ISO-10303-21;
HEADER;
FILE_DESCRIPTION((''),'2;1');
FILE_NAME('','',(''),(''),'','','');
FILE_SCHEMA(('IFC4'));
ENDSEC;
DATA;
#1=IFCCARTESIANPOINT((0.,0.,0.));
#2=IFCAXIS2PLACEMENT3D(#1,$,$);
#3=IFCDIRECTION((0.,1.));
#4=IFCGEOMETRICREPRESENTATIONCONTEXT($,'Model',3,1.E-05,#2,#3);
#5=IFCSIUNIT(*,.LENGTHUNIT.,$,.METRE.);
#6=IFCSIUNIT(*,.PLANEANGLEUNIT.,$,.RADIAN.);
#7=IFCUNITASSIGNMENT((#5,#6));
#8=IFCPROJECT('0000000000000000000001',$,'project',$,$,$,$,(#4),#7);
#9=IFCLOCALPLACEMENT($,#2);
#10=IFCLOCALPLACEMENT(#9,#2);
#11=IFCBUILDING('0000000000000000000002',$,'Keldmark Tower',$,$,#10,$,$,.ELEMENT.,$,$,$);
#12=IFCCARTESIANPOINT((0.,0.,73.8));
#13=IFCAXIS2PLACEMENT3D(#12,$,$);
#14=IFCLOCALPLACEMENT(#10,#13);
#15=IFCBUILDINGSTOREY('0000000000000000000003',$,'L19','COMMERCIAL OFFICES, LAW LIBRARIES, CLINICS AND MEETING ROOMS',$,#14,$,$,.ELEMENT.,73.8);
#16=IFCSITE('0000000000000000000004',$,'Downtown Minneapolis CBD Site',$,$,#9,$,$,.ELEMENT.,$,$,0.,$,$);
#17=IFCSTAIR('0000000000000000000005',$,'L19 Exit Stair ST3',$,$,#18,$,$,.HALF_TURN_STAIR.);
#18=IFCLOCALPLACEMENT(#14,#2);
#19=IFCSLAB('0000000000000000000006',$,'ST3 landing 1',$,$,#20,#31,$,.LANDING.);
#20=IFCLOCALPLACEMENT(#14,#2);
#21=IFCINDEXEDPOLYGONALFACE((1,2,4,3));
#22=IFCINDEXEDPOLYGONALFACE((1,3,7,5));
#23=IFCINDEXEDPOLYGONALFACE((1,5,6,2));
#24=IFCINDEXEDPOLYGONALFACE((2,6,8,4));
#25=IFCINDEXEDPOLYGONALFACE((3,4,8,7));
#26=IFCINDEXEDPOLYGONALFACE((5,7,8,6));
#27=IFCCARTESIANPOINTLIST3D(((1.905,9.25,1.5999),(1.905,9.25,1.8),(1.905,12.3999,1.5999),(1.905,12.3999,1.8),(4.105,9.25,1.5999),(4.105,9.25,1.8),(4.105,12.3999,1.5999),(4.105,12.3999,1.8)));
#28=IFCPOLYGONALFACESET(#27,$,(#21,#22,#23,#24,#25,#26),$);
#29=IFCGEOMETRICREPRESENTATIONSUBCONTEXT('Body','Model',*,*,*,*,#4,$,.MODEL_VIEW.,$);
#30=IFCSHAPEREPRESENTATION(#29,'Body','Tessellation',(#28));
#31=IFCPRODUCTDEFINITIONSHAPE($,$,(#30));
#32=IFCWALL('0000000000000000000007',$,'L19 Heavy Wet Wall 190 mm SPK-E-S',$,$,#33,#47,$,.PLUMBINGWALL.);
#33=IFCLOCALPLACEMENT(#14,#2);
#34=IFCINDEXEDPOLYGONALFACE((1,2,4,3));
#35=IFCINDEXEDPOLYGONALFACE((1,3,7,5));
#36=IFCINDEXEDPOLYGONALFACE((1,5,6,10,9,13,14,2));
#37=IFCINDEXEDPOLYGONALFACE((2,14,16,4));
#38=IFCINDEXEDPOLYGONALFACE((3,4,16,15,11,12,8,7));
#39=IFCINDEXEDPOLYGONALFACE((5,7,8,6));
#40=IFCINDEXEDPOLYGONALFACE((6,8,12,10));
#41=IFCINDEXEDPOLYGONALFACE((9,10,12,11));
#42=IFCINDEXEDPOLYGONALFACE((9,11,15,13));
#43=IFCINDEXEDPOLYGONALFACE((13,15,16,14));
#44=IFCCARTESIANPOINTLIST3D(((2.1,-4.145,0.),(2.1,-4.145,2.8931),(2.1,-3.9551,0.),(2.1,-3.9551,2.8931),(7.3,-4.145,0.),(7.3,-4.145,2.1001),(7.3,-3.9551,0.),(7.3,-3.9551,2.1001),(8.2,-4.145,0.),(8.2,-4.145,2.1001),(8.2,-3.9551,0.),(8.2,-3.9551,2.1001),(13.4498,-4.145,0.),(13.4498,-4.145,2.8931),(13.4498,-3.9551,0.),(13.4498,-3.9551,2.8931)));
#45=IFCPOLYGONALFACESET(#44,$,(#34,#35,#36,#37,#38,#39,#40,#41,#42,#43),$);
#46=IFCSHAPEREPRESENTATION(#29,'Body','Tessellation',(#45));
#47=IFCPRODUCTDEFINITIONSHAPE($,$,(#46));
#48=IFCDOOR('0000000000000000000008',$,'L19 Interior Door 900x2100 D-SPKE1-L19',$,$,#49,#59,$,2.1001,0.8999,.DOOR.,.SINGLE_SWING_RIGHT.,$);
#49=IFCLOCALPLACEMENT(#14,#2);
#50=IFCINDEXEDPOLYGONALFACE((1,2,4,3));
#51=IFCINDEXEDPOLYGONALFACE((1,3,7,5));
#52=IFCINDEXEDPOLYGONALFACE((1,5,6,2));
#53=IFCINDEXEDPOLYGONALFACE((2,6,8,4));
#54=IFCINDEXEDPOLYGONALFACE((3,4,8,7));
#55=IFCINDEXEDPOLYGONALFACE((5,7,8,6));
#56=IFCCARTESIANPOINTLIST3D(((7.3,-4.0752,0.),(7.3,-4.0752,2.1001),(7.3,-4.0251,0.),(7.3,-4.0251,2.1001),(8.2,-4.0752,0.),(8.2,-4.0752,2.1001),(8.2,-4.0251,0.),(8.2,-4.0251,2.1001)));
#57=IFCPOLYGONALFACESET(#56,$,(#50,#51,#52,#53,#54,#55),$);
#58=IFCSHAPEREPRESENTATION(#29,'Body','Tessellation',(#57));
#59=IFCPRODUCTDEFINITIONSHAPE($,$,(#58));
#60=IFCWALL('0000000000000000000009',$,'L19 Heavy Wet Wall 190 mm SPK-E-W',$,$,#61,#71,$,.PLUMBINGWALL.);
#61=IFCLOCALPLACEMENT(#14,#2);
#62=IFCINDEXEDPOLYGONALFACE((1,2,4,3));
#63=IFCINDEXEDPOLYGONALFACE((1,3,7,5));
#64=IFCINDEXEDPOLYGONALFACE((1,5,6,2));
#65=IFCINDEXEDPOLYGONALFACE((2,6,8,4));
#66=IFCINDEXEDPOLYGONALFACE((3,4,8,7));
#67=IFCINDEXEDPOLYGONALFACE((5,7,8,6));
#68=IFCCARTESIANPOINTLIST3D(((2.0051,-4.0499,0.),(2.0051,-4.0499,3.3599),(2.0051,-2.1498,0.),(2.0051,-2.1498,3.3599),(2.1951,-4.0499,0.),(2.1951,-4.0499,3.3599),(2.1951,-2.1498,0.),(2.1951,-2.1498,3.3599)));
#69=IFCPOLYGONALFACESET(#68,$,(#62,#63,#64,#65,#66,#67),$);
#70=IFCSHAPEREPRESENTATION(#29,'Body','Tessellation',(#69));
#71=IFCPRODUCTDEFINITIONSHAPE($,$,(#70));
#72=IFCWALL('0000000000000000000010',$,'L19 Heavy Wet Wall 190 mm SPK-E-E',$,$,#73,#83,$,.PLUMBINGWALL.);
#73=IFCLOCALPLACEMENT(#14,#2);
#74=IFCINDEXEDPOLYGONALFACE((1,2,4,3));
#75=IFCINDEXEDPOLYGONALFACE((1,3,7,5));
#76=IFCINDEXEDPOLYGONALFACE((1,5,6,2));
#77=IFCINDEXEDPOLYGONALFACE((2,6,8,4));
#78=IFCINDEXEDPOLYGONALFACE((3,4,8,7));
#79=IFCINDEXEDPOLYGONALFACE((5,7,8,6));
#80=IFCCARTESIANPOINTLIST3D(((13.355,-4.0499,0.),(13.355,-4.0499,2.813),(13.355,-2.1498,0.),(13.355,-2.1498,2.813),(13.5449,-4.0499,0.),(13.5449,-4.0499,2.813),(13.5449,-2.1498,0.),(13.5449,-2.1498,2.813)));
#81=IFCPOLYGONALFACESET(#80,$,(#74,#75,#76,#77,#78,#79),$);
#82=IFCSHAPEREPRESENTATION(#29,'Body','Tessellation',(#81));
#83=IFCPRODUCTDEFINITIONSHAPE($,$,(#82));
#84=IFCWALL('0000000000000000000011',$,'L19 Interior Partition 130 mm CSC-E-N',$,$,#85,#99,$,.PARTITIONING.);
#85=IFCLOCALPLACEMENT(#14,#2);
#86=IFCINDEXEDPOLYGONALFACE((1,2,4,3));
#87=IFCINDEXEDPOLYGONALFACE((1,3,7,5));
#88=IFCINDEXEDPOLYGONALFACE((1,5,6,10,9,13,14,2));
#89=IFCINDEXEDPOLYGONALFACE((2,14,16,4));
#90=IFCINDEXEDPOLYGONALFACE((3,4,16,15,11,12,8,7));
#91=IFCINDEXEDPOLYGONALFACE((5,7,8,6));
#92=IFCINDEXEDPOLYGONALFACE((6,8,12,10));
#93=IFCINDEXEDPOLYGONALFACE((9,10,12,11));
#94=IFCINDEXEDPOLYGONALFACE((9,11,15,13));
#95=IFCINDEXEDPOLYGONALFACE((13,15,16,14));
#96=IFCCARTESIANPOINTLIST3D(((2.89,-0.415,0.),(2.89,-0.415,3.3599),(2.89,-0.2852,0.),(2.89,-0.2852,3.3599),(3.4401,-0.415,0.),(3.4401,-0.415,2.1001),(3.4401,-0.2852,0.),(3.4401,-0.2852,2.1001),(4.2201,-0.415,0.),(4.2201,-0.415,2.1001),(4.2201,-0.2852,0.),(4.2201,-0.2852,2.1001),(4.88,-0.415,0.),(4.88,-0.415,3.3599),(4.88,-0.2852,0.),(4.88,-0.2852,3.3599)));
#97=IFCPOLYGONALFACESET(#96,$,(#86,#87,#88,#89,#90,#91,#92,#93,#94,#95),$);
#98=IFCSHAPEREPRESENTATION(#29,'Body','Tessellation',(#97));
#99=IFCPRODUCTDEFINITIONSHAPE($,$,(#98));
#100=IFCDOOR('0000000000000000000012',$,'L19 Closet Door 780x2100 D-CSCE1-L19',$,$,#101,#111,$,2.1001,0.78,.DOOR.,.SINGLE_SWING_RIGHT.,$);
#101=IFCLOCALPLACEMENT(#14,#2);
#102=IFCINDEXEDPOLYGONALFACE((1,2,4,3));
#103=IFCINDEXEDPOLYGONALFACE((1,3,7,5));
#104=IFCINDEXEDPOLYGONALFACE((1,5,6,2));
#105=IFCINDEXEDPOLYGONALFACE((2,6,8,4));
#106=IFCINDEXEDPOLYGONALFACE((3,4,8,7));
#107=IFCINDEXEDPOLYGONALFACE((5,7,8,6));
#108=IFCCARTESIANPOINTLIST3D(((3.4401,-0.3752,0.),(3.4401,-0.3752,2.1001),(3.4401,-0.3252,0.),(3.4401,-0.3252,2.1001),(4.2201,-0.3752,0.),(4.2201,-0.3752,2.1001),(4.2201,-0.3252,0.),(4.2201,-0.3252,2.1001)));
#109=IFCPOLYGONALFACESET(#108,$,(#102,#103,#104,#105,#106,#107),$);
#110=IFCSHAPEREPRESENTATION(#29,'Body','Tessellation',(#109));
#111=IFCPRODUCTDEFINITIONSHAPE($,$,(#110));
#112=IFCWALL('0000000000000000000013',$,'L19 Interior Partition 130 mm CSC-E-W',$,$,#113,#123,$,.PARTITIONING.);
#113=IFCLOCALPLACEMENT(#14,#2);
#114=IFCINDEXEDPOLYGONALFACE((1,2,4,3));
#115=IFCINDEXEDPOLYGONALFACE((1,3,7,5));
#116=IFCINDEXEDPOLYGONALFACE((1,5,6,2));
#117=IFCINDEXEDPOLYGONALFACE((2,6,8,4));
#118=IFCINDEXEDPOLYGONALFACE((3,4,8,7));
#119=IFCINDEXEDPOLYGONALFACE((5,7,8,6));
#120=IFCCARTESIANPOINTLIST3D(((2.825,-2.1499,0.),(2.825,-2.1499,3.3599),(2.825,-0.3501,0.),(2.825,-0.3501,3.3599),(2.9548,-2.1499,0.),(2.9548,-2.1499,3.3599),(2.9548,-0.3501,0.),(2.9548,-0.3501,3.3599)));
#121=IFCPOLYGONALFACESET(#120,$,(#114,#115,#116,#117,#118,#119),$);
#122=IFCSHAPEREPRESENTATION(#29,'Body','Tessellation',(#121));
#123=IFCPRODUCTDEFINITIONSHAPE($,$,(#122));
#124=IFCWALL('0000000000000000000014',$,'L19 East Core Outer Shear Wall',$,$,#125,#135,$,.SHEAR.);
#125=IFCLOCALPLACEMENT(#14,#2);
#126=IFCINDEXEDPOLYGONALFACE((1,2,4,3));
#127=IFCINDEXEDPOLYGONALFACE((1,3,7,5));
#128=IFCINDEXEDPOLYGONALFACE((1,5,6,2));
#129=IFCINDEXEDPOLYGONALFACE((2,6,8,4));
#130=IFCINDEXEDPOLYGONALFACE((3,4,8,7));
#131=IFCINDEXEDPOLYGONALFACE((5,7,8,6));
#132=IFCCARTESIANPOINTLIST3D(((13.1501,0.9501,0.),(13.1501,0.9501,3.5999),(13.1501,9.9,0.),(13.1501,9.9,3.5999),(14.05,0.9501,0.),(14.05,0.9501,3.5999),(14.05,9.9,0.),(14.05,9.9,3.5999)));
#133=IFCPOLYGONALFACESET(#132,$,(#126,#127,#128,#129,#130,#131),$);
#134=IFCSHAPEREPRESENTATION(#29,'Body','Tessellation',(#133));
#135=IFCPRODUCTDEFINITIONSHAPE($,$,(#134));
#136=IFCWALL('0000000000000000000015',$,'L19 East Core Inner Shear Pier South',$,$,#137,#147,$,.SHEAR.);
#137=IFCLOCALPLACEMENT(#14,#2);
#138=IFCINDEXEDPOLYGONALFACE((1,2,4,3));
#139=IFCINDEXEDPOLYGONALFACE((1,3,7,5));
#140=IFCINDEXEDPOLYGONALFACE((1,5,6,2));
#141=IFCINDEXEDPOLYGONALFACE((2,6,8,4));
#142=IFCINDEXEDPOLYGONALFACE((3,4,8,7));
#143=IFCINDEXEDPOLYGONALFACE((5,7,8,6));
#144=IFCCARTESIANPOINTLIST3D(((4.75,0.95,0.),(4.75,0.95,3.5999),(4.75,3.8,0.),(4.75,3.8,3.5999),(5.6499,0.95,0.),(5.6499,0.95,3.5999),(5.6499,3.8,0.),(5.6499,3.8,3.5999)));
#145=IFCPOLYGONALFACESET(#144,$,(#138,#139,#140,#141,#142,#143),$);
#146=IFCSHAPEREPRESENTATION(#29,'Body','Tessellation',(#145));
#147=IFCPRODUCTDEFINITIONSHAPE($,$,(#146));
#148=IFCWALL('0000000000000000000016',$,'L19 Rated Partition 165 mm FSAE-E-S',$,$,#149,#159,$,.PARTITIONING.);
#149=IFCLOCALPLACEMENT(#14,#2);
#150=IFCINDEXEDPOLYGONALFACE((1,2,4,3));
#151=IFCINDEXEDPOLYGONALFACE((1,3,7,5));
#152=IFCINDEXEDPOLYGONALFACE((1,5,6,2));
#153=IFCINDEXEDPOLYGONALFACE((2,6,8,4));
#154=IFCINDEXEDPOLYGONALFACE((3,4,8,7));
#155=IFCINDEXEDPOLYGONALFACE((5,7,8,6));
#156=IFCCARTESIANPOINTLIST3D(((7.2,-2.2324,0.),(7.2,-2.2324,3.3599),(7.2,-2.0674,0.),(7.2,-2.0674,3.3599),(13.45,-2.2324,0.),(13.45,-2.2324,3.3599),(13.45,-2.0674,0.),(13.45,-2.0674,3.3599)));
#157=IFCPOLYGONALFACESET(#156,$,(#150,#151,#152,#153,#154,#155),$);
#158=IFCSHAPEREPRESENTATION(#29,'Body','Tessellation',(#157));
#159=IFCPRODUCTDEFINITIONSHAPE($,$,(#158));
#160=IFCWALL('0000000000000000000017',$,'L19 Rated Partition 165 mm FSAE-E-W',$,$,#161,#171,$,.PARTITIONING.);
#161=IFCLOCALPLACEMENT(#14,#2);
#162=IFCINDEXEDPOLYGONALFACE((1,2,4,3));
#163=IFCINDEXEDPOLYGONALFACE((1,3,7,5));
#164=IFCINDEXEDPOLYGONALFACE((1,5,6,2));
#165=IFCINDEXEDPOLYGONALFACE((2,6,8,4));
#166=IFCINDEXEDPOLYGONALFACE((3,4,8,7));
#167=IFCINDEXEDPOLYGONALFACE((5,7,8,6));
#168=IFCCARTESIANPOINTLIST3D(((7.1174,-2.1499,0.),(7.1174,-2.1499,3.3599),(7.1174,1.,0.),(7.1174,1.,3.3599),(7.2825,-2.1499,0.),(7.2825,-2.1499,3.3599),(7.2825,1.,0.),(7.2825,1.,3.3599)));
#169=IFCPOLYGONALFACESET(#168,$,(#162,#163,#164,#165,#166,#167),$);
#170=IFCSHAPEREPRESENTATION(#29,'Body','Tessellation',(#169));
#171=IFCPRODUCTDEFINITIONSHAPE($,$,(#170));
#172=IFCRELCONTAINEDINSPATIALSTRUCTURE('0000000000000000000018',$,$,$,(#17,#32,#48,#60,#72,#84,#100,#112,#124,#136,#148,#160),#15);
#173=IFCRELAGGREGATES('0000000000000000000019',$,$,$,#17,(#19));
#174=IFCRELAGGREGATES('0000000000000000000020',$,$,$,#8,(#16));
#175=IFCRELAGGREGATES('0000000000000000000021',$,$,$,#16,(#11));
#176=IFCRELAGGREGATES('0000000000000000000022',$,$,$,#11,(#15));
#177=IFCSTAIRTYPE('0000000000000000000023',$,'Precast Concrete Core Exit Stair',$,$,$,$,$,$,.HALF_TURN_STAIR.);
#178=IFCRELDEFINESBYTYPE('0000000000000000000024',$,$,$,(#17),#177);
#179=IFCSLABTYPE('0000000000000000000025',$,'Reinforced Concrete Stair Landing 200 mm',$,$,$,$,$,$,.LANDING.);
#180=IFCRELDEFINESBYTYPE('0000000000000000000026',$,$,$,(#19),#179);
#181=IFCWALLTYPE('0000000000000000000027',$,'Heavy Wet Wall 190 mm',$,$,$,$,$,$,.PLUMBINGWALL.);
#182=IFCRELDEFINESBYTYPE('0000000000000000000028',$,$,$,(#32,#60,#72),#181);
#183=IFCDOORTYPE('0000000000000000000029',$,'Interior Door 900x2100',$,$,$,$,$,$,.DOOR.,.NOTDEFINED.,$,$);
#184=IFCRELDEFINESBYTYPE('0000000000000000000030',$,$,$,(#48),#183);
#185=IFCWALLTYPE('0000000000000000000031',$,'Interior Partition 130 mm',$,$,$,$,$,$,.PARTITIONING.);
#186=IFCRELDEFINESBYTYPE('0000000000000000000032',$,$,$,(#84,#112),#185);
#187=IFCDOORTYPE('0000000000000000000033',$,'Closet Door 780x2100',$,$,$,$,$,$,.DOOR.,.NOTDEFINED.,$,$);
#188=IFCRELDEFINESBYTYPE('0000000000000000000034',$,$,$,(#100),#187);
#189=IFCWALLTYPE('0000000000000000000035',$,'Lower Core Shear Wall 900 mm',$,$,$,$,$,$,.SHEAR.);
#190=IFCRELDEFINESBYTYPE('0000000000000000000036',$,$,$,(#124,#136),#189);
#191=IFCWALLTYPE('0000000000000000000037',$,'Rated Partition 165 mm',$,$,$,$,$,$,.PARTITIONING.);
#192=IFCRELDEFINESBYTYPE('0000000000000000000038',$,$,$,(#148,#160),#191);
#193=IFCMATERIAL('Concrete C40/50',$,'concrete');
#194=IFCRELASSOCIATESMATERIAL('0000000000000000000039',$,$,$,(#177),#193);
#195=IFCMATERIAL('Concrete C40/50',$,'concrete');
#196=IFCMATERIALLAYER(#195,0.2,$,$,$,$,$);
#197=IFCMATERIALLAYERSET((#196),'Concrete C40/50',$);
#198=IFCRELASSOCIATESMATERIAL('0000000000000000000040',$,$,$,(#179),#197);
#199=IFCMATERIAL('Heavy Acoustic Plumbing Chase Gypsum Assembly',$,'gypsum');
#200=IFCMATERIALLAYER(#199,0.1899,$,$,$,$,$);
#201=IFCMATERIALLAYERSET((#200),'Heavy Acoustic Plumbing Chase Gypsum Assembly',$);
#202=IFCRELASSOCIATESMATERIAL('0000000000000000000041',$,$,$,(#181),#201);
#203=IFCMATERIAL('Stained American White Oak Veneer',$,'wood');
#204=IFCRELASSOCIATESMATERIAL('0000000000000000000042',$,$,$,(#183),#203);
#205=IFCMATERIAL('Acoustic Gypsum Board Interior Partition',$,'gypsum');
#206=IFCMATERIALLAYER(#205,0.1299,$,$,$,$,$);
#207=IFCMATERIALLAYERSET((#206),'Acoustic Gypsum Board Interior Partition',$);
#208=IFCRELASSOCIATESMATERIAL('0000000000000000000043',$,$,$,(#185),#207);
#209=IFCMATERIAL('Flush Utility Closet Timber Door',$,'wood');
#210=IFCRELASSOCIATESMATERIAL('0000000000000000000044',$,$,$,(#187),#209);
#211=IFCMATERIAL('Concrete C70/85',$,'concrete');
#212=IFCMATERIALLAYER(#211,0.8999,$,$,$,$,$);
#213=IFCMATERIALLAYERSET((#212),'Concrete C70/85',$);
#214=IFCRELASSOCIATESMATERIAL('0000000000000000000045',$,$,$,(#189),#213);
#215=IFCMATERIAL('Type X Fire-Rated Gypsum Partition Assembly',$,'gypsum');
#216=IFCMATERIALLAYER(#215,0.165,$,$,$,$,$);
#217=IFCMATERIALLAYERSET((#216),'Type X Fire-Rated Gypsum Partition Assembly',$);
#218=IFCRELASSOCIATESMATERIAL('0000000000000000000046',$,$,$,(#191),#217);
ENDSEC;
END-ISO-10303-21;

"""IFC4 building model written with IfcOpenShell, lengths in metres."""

from ifc_helpers import new_model, si_unit, direction, frame, frame_2d, origin, place, context, subcontext, project, spatial, polyline, rectangle, outline, extrude, material, layer, layer_set, type_object, element, fill, aggregate, save


model = new_model("IFC4")

# Units and contexts
model_context = context("Model", 3, precision=1e-05, world=origin(), true_north=direction((0.0, 1.0)))
body_context = subcontext(model_context, "Body", "Model", "MODEL_VIEW")
ifc_project = project(units=[si_unit("LENGTHUNIT", "METRE"), si_unit("PLANEANGLEUNIT", "RADIAN")], contexts=[model_context])

# Site, building, storey
site_placement = place(None, origin())
site = spatial("IfcSite", under=ifc_project, at=site_placement, Name="Downtown Minneapolis CBD Site", CompositionType="ELEMENT", RefElevation=0.0)
building_placement = place(site_placement, origin())
building = spatial("IfcBuilding", under=site, at=building_placement, Name="Keldmark Tower", CompositionType="ELEMENT")
storey_placement = place(building_placement, frame((0.0, 0.0, 73.8)))
storey = spatial("IfcBuildingStorey", under=building, at=storey_placement, Name="L19", Description="COMMERCIAL OFFICES, LAW LIBRARIES, CLINICS AND MEETING ROOMS", CompositionType="ELEMENT", Elevation=73.8)

# Stair, slab
ifc_material_1 = material(Name="Concrete C40/50", Category="concrete")
stair_type = type_object("IfcStairType", Name="Precast Concrete Core Exit Stair", PredefinedType="HALF_TURN_STAIR", material=ifc_material_1)
ifc_material_2 = material(Name="Concrete C40/50", Category="concrete")
ifc_layer_1 = layer(ifc_material_2, 0.2)
ifc_layer_set_1 = layer_set([ifc_layer_1], Name="Concrete C40/50")
slab_type_1 = type_object("IfcSlabType", Name="Reinforced Concrete Stair Landing 200 mm", PredefinedType="LANDING", material=ifc_layer_set_1)
stair_1_placement = place(storey_placement, origin())
stair_1 = element("IfcStair", 1, at=stair_1_placement, inside=storey, type_object=stair_type, Name="L19 Exit Stair ST3", PredefinedType="HALF_TURN_STAIR")
slab_1_placement = place(storey_placement, frame((0.0, 0.0, 1.5999)))
slab_1 = element("IfcSlab", 2, at=slab_1_placement, type_object=slab_type_1, Name="ST3 landing 1", PredefinedType="LANDING", context=body_context, shape_type="SweptSolid", body=[
    extrude(outline(polyline([(1.905, 9.25), (4.105, 9.25), (4.105, 12.3999), (1.905, 12.3999), (1.905, 9.25)])), origin(), (0.0, 0.0, 1.0), 0.2002),
])
aggregate(stair_1, [slab_1])

# Wall, opening, door
ifc_material_3 = material(Name="Heavy Acoustic Plumbing Chase Gypsum Assembly", Category="gypsum")
ifc_layer_2 = layer(ifc_material_3, 0.1899)
ifc_layer_set_2 = layer_set([ifc_layer_2], Name="Heavy Acoustic Plumbing Chase Gypsum Assembly")
wall_type_1 = type_object("IfcWallType", Name="Heavy Wet Wall 190 mm", PredefinedType="PLUMBINGWALL", material=ifc_layer_set_2)
wall_1_placement = place(storey_placement, frame((2.1001, -4.05, 0.0), z_axis=(0.0, 0.0, 1.0), x_axis=(1.0, 0.0, 0.0)))
wall_1 = element("IfcWall", 3, at=wall_1_placement, inside=storey, type_object=wall_type_1, Name="L19 Heavy Wet Wall 190 mm SPK-E-S", PredefinedType="PLUMBINGWALL", context=body_context, shape_type="SweptSolid", body=[
    extrude(rectangle(XDim=11.3499, YDim=0.1899, at=frame_2d((5.6748, 0.0))), origin(), (0.0, 0.0, 1.0), 2.8931),
])
opening_1_placement = place(wall_1_placement, frame((5.2, 0.0, 0.0)))
opening_1 = element("IfcOpeningElement", 4, at=opening_1_placement, cuts=wall_1, PredefinedType="OPENING", context=body_context, shape_type="SweptSolid", body=[
    extrude(rectangle(XDim=0.8999, YDim=2.1001, at=frame_2d((0.45, 1.05))), frame((0.0, 0.105, 0.0), z_axis=(0.0, -1.0, 0.0), x_axis=(1.0, 0.0, 0.0)), (0.0, 0.0, 1.0), 0.21),
])
ifc_material_4 = material(Name="Stained American White Oak Veneer", Category="wood")
door_type_1 = type_object("IfcDoorType", Name="Interior Door 900x2100", OperationType="NOTDEFINED", PredefinedType="DOOR", material=ifc_material_4)
door_1_placement = place(opening_1_placement, origin())
door_1 = element("IfcDoor", 5, at=door_1_placement, inside=storey, type_object=door_type_1, Name="L19 Interior Door 900x2100 D-SPKE1-L19", OperationType="SINGLE_SWING_RIGHT", OverallHeight=2.1001, OverallWidth=0.8999, PredefinedType="DOOR", context=body_context, shape_type="SweptSolid", body=[
    extrude(rectangle(XDim=0.8999, YDim=2.1001, at=frame_2d((0.45, 1.05))), frame((0.0, 0.0249, 0.0), z_axis=(0.0, -1.0, 0.0), x_axis=(1.0, 0.0, 0.0)), (0.0, 0.0, 1.0), 0.05),
])
fill(opening_1, door_1)

# Walls
wall_2_placement = place(storey_placement, frame((2.1001, -4.05, 0.0), z_axis=(0.0, 0.0, 1.0), x_axis=(0.0, 1.0, 0.0)))
element("IfcWall", 6, at=wall_2_placement, inside=storey, type_object=wall_type_1, Name="L19 Heavy Wet Wall 190 mm SPK-E-W", PredefinedType="PLUMBINGWALL", context=body_context, shape_type="SweptSolid", body=[
    extrude(rectangle(XDim=1.9001, YDim=0.1899, at=frame_2d((0.9502, 0.0))), origin(), (0.0, 0.0, 1.0), 3.3599),
])
wall_3_placement = place(storey_placement, frame((13.45, -4.05, 0.0), z_axis=(0.0, 0.0, 1.0), x_axis=(0.0, 1.0, 0.0)))
element("IfcWall", 7, at=wall_3_placement, inside=storey, type_object=wall_type_1, Name="L19 Heavy Wet Wall 190 mm SPK-E-E", PredefinedType="PLUMBINGWALL", context=body_context, shape_type="SweptSolid", body=[
    extrude(rectangle(XDim=1.9001, YDim=0.1899, at=frame_2d((0.9502, 0.0))), origin(), (0.0, 0.0, 1.0), 2.813),
])

# Wall, opening, door
ifc_material_5 = material(Name="Acoustic Gypsum Board Interior Partition", Category="gypsum")
ifc_layer_3 = layer(ifc_material_5, 0.1299)
ifc_layer_set_3 = layer_set([ifc_layer_3], Name="Acoustic Gypsum Board Interior Partition")
wall_type_2 = type_object("IfcWallType", Name="Interior Partition 130 mm", PredefinedType="PARTITIONING", material=ifc_layer_set_3)
wall_4_placement = place(storey_placement, frame((2.8899, -0.3501, 0.0), z_axis=(0.0, 0.0, 1.0), x_axis=(1.0, 0.0, 0.0)))
wall_4 = element("IfcWall", 8, at=wall_4_placement, inside=storey, type_object=wall_type_2, Name="L19 Interior Partition 130 mm CSC-E-N", PredefinedType="PARTITIONING", context=body_context, shape_type="SweptSolid", body=[
    extrude(rectangle(XDim=1.99, YDim=0.1299, at=frame_2d((0.9951, 0.0))), origin(), (0.0, 0.0, 1.0), 3.3599),
])
opening_2_placement = place(wall_4_placement, frame((0.55, 0.0, 0.0)))
opening_2 = element("IfcOpeningElement", 9, at=opening_2_placement, cuts=wall_4, PredefinedType="OPENING", context=body_context, shape_type="SweptSolid", body=[
    extrude(rectangle(XDim=0.78, YDim=2.1001, at=frame_2d((0.3901, 1.05))), frame((0.0, 0.075, 0.0), z_axis=(0.0, -1.0, 0.0), x_axis=(1.0, 0.0, 0.0)), (0.0, 0.0, 1.0), 0.1499),
])
ifc_material_6 = material(Name="Flush Utility Closet Timber Door", Category="wood")
door_type_2 = type_object("IfcDoorType", Name="Closet Door 780x2100", OperationType="NOTDEFINED", PredefinedType="DOOR", material=ifc_material_6)
door_2_placement = place(opening_2_placement, origin())
door_2 = element("IfcDoor", 10, at=door_2_placement, inside=storey, type_object=door_type_2, Name="L19 Closet Door 780x2100 D-CSCE1-L19", OperationType="SINGLE_SWING_RIGHT", OverallHeight=2.1001, OverallWidth=0.78, PredefinedType="DOOR", context=body_context, shape_type="SweptSolid", body=[
    extrude(rectangle(XDim=0.78, YDim=2.1001, at=frame_2d((0.3901, 1.05))), frame((0.0, 0.0249, 0.0), z_axis=(0.0, -1.0, 0.0), x_axis=(1.0, 0.0, 0.0)), (0.0, 0.0, 1.0), 0.05),
])
fill(opening_2, door_2)

# Walls
wall_5_placement = place(storey_placement, frame((2.8899, -2.1499, 0.0), z_axis=(0.0, 0.0, 1.0), x_axis=(0.0, 1.0, 0.0)))
element("IfcWall", 11, at=wall_5_placement, inside=storey, type_object=wall_type_2, Name="L19 Interior Partition 130 mm CSC-E-W", PredefinedType="PARTITIONING", context=body_context, shape_type="SweptSolid", body=[
    extrude(rectangle(XDim=1.7998, YDim=0.1299, at=frame_2d((0.8999, 0.0))), origin(), (0.0, 0.0, 1.0), 3.3599),
])
ifc_material_7 = material(Name="Concrete C70/85", Category="concrete")
ifc_layer_4 = layer(ifc_material_7, 0.8999)
ifc_layer_set_4 = layer_set([ifc_layer_4], Name="Concrete C70/85")
wall_type_3 = type_object("IfcWallType", Name="Lower Core Shear Wall 900 mm", PredefinedType="SHEAR", material=ifc_layer_set_4)
wall_6_placement = place(storey_placement, frame((13.6001, 0.95, 0.0), z_axis=(0.0, 0.0, 1.0), x_axis=(0.0, 1.0, 0.0)))
element("IfcWall", 12, at=wall_6_placement, inside=storey, type_object=wall_type_3, Name="L19 East Core Outer Shear Wall", PredefinedType="SHEAR", context=body_context, shape_type="SweptSolid", body=[
    extrude(rectangle(XDim=8.95, YDim=0.8999, at=frame_2d((4.4751, 0.0))), origin(), (0.0, 0.0, 1.0), 3.5999),
])
wall_7_placement = place(storey_placement, frame((5.2, 0.95, 0.0), z_axis=(0.0, 0.0, 1.0), x_axis=(0.0, 1.0, 0.0)))
element("IfcWall", 13, at=wall_7_placement, inside=storey, type_object=wall_type_3, Name="L19 East Core Inner Shear Pier South", PredefinedType="SHEAR", context=body_context, shape_type="SweptSolid", body=[
    extrude(rectangle(XDim=2.8501, YDim=0.8999, at=frame_2d((1.425, 0.0))), origin(), (0.0, 0.0, 1.0), 3.5999),
])
ifc_material_8 = material(Name="Type X Fire-Rated Gypsum Partition Assembly", Category="gypsum")
ifc_layer_5 = layer(ifc_material_8, 0.165)
ifc_layer_set_5 = layer_set([ifc_layer_5], Name="Type X Fire-Rated Gypsum Partition Assembly")
wall_type_4 = type_object("IfcWallType", Name="Rated Partition 165 mm", PredefinedType="PARTITIONING", material=ifc_layer_set_5)
wall_8_placement = place(storey_placement, frame((7.2, -2.1499, 0.0), z_axis=(0.0, 0.0, 1.0), x_axis=(1.0, 0.0, 0.0)))
element("IfcWall", 14, at=wall_8_placement, inside=storey, type_object=wall_type_4, Name="L19 Rated Partition 165 mm FSAE-E-S", PredefinedType="PARTITIONING", context=body_context, shape_type="SweptSolid", body=[
    extrude(rectangle(XDim=6.25, YDim=0.165, at=frame_2d((3.125, 0.0))), origin(), (0.0, 0.0, 1.0), 3.3599),
])
wall_9_placement = place(storey_placement, frame((7.2, -2.1499, 0.0), z_axis=(0.0, 0.0, 1.0), x_axis=(0.0, 1.0, 0.0)))
element("IfcWall", 15, at=wall_9_placement, inside=storey, type_object=wall_type_4, Name="L19 Rated Partition 165 mm FSAE-E-W", PredefinedType="PARTITIONING", context=body_context, shape_type="SweptSolid", body=[
    extrude(rectangle(XDim=3.1499, YDim=0.165, at=frame_2d((1.575, 0.0))), origin(), (0.0, 0.0, 1.0), 3.3599),
])

save(model, "model.ifc")
